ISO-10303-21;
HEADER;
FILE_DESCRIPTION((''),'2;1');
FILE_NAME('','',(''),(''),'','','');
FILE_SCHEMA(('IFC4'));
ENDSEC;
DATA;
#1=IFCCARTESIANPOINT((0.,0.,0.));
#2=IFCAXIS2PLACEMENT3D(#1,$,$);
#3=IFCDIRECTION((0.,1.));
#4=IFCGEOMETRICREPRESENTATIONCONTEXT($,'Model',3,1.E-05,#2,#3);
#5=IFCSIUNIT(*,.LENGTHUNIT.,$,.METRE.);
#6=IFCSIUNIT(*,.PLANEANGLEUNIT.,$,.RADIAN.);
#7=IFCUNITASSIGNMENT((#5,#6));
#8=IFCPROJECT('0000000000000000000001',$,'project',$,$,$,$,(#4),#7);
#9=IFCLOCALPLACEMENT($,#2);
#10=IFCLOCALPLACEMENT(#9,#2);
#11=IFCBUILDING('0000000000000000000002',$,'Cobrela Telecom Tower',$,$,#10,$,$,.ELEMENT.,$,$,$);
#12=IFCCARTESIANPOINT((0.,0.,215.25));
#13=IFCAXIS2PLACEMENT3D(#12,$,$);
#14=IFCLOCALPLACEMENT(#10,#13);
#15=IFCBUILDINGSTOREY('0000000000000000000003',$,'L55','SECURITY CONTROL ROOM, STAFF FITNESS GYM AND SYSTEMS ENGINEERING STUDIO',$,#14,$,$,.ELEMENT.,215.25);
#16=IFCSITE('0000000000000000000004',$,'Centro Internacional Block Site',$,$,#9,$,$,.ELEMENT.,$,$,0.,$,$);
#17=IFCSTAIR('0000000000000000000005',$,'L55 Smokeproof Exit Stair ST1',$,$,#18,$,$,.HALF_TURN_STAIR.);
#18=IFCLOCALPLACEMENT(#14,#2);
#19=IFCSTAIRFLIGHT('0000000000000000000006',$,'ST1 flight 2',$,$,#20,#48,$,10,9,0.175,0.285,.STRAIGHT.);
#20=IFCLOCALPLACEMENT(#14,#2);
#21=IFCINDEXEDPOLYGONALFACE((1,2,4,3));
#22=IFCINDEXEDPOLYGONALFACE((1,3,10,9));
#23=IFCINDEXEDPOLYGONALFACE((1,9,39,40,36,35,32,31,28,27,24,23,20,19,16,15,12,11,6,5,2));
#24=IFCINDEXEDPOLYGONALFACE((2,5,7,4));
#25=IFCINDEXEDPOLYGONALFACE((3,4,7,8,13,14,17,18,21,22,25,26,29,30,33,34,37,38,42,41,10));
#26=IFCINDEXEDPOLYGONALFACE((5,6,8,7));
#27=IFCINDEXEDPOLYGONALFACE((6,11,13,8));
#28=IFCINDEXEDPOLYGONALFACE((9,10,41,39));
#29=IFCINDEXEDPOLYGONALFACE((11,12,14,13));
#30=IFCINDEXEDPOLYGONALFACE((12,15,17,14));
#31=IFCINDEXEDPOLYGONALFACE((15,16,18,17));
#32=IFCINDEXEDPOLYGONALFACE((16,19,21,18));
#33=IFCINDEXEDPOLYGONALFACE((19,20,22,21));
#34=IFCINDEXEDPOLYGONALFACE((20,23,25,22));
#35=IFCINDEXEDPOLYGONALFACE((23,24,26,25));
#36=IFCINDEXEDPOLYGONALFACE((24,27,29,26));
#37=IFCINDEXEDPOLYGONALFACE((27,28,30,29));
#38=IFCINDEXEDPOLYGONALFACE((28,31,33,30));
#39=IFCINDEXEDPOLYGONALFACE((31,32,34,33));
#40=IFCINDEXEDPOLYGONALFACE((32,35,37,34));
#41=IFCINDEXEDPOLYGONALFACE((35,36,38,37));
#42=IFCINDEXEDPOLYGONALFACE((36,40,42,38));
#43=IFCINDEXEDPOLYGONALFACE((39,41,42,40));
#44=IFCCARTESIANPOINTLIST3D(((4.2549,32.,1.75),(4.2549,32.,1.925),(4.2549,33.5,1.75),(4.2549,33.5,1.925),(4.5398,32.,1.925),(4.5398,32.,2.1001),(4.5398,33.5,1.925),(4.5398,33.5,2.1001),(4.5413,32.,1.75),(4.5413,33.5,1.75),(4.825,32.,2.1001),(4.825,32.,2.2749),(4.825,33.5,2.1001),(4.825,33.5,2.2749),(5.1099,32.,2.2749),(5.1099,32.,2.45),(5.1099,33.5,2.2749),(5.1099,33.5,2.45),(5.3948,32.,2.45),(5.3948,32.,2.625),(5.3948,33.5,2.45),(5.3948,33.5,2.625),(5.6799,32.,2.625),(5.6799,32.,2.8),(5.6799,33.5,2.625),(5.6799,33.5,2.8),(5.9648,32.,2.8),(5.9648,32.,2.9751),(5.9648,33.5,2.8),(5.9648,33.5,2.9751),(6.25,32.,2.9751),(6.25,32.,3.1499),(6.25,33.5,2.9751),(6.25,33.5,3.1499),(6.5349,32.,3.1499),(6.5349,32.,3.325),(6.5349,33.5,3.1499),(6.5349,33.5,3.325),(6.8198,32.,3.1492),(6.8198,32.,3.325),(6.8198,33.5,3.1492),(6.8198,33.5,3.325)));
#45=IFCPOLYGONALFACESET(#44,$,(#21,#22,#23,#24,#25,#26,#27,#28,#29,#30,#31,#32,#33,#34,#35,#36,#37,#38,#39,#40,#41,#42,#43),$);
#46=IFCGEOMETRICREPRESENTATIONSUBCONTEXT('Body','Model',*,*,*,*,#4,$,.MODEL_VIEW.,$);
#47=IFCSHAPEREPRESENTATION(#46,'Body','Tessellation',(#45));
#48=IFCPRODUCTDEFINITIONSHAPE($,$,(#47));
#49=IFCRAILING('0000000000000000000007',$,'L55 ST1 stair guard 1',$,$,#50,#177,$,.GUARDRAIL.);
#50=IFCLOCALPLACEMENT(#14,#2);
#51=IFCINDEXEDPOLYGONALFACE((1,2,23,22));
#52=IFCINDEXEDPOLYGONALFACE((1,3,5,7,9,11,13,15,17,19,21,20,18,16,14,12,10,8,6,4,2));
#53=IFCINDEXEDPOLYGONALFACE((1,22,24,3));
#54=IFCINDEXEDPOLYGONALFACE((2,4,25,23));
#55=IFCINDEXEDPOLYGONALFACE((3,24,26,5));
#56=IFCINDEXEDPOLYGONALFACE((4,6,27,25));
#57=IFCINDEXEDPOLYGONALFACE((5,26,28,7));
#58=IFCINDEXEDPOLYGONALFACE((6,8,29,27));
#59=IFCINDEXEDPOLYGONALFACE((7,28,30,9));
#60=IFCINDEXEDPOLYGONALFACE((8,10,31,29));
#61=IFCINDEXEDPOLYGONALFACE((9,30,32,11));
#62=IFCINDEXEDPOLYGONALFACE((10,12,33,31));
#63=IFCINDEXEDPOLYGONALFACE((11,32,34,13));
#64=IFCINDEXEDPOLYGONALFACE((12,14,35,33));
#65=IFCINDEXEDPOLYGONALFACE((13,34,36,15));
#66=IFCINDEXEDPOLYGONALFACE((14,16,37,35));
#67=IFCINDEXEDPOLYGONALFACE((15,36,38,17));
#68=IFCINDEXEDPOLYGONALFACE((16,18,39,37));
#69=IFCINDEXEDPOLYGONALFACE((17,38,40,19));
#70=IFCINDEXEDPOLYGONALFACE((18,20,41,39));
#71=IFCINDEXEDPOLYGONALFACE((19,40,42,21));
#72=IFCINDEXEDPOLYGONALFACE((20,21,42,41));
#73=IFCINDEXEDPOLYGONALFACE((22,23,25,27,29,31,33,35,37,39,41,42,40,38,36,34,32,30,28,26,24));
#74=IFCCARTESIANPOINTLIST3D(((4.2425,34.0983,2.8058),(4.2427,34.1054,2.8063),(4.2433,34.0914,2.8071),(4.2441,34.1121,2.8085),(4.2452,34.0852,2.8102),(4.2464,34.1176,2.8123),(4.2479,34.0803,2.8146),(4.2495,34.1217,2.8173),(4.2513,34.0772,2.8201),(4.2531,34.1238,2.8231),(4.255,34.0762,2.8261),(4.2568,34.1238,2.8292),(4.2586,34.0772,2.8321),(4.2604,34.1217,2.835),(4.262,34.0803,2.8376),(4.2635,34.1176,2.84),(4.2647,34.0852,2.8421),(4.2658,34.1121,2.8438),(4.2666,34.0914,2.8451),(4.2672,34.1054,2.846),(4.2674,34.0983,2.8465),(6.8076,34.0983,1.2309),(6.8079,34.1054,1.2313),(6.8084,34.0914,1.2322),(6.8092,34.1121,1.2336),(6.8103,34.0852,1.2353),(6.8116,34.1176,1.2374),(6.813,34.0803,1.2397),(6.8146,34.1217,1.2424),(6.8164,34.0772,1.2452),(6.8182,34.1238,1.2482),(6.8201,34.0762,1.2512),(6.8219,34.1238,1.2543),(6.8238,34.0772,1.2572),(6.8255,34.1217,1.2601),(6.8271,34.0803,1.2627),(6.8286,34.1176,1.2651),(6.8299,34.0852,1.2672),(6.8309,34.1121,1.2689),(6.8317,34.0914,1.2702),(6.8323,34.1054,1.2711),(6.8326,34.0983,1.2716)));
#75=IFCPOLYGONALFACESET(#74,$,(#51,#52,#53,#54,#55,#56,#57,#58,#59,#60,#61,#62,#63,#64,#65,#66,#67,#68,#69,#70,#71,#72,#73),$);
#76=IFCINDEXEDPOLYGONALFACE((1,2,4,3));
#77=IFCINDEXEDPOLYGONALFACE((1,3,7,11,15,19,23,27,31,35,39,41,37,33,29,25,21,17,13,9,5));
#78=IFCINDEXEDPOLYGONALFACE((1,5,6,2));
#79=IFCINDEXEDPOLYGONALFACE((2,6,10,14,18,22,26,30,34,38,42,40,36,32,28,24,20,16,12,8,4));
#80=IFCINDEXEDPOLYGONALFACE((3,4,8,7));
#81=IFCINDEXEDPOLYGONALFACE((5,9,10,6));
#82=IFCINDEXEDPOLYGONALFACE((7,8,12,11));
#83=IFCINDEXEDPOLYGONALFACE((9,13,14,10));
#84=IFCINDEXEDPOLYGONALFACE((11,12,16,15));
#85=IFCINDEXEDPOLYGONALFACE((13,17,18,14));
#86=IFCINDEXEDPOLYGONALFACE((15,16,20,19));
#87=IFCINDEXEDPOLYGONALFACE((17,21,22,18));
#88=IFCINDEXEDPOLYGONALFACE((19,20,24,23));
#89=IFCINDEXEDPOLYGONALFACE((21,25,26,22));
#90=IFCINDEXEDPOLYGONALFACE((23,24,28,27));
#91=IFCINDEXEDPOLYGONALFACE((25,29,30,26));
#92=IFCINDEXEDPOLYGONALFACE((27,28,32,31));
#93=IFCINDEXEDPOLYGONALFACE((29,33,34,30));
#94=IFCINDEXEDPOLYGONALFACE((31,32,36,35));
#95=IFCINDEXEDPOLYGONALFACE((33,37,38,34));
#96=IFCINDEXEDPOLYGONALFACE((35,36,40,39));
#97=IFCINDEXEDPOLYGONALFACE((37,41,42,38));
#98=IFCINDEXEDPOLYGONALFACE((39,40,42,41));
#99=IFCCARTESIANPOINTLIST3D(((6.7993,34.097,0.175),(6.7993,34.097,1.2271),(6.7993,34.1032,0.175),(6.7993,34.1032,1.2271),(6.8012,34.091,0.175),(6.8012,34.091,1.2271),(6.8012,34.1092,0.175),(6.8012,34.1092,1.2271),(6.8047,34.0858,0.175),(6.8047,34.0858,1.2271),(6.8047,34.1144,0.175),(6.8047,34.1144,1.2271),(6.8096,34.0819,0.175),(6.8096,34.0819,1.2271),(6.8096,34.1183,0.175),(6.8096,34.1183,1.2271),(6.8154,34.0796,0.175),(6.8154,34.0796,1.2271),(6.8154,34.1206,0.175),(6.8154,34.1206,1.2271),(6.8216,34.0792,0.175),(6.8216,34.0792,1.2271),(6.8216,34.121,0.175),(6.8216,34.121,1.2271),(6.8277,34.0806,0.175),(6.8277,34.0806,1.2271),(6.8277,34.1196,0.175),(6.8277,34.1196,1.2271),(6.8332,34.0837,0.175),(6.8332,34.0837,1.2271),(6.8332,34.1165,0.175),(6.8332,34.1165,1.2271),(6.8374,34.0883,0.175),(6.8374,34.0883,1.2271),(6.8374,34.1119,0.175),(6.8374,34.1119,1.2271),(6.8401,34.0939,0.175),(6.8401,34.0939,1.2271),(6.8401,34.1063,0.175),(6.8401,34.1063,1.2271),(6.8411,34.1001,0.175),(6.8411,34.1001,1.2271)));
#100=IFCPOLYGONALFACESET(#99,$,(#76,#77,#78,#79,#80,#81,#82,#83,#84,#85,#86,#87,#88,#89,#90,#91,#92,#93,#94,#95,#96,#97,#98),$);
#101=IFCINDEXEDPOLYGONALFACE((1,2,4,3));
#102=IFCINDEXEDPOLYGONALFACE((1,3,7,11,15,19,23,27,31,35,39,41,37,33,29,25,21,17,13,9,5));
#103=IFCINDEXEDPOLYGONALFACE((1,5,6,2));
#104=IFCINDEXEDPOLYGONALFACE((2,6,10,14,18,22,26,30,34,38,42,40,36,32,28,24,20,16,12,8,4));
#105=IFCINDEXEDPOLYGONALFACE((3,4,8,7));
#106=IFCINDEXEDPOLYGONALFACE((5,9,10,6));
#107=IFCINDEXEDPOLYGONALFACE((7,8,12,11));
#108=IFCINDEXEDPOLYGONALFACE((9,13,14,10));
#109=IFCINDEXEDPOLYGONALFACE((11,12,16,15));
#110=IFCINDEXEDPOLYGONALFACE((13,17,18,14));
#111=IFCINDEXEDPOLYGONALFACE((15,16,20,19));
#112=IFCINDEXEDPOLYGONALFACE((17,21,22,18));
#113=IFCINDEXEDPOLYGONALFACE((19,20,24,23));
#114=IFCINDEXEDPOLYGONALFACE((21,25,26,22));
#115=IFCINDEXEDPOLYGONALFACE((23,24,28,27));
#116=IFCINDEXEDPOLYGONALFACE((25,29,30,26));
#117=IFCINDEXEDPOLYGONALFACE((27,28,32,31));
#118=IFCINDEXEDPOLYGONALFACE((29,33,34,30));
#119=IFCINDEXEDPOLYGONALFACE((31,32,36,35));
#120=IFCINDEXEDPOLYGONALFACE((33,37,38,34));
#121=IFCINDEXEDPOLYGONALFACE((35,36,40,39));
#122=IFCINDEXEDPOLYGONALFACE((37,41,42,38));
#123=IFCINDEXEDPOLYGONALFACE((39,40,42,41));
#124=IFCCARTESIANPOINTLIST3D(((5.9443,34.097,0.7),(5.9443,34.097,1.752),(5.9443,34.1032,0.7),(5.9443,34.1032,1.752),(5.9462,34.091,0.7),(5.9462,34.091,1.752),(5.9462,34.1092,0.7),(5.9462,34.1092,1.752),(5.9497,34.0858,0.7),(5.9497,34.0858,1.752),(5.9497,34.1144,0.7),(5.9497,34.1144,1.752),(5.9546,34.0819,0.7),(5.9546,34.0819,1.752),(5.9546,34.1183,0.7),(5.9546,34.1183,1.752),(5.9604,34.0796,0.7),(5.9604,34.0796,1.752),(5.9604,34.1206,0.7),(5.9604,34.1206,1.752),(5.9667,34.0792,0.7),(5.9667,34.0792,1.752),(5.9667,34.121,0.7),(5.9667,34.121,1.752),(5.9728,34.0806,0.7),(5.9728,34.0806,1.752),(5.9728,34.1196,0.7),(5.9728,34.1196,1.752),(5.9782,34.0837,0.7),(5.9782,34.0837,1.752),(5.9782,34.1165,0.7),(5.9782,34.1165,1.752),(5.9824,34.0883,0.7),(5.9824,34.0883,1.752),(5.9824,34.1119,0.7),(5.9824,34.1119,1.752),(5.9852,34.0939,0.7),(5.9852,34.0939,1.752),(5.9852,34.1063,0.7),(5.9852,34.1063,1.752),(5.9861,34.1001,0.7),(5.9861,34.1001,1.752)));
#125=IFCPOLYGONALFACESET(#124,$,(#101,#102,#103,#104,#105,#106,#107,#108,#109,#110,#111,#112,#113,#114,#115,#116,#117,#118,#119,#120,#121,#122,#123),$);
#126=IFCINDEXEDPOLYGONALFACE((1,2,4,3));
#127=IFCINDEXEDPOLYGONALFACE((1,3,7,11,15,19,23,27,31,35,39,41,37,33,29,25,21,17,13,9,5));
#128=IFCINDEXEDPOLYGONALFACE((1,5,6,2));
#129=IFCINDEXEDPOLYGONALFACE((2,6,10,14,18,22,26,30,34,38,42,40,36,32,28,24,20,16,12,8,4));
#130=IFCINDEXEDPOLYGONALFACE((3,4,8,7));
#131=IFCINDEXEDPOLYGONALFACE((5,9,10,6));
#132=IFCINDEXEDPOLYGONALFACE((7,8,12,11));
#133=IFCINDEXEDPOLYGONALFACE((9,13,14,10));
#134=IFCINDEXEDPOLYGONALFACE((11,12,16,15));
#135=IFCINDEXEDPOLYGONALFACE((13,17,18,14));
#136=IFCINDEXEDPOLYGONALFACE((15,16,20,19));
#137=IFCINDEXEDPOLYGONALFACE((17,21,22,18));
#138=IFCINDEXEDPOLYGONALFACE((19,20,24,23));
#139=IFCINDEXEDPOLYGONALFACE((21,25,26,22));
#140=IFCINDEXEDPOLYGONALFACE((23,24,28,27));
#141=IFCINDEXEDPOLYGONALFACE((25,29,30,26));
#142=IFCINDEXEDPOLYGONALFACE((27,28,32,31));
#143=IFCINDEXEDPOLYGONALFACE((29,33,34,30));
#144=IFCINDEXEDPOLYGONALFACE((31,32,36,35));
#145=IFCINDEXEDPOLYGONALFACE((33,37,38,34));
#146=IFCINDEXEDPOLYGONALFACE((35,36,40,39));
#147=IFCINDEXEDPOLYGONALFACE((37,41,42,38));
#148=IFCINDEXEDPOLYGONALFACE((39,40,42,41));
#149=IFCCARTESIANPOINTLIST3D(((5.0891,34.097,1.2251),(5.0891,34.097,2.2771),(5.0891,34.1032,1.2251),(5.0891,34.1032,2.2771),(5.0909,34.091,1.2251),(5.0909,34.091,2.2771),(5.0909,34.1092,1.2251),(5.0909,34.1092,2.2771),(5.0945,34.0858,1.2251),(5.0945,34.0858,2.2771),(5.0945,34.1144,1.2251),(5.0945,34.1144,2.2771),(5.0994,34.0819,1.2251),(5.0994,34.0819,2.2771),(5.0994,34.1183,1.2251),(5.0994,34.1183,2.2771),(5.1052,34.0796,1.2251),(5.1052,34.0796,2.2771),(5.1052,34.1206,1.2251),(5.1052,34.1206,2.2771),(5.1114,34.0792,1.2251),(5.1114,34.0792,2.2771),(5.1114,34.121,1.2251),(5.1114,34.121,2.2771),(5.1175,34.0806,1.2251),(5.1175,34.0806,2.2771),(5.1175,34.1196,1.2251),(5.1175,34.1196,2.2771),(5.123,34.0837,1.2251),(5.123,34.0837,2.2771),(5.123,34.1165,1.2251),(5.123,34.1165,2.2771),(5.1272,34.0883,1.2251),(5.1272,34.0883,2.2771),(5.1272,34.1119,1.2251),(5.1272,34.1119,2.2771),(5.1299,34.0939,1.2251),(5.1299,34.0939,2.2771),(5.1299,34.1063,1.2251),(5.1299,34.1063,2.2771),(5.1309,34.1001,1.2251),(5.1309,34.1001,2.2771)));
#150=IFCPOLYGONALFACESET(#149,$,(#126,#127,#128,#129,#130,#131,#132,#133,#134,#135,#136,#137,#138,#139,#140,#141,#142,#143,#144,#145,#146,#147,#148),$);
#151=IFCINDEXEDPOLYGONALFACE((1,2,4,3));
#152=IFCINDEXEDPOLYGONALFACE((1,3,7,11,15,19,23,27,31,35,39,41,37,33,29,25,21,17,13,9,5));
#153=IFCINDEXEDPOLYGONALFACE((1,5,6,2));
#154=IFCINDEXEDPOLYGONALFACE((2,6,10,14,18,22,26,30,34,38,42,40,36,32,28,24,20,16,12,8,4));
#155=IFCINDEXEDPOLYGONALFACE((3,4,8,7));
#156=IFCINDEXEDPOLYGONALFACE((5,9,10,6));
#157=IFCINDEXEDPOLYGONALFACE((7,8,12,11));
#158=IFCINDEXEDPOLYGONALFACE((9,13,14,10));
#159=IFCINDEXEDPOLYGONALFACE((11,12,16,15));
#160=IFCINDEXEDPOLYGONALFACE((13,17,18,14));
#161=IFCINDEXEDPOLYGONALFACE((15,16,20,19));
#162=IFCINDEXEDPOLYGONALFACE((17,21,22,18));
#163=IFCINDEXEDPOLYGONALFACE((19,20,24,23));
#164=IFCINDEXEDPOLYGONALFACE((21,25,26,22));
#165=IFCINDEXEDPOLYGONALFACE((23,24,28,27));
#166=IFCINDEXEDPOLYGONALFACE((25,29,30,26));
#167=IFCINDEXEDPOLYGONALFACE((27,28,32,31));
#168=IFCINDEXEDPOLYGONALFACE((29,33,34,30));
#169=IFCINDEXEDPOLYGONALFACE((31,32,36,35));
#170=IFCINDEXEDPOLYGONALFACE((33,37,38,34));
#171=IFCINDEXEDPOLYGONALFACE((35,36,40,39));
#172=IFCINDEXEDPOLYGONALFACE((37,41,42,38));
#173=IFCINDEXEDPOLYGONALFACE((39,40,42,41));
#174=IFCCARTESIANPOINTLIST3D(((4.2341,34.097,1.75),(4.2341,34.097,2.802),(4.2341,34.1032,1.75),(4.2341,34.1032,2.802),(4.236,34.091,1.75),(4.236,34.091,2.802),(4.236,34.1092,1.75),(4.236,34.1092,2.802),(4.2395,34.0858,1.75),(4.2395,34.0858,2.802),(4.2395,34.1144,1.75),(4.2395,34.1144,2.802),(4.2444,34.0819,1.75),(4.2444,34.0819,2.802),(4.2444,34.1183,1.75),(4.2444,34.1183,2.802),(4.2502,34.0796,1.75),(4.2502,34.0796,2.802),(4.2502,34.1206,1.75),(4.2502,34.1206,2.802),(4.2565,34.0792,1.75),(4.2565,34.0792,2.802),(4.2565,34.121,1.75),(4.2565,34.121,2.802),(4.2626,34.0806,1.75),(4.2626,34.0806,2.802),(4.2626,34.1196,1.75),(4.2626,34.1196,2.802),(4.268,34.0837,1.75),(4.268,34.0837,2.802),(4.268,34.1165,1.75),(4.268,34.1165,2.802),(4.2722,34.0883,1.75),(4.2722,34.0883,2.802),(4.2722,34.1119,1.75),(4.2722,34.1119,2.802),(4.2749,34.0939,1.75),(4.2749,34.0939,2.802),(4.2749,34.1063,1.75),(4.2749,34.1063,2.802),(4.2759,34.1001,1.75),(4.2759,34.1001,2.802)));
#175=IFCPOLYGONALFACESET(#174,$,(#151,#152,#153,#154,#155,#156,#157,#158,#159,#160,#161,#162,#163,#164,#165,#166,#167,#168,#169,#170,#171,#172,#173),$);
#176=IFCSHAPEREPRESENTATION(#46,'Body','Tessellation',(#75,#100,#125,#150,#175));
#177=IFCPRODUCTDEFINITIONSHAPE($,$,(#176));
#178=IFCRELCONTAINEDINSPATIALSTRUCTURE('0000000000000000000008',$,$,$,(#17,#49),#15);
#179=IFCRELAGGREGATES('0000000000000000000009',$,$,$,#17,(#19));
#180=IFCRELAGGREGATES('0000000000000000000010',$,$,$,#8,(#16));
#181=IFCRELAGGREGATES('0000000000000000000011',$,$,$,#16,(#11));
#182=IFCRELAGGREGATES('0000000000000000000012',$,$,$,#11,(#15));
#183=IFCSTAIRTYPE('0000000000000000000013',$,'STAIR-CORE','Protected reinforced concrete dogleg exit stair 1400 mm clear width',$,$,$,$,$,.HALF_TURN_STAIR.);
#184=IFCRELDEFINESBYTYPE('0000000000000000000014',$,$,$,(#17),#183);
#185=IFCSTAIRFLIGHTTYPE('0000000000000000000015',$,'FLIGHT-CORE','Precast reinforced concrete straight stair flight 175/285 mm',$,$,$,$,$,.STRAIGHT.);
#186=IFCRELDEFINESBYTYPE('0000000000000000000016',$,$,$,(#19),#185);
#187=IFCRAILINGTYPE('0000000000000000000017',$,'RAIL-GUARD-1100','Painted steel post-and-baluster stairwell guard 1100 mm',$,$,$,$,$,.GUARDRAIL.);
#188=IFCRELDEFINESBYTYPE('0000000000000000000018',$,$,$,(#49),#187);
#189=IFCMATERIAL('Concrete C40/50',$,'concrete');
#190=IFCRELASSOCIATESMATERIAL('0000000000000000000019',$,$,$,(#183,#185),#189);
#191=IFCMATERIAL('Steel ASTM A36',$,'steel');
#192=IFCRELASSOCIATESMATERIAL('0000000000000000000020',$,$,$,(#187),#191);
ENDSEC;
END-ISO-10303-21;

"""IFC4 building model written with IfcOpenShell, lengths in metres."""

from ifc_helpers import new_model, si_unit, direction, frame, origin, origin_2d, place, context, subcontext, project, spatial, polyline, circle, outline, extrude, material, type_object, element, aggregate, save


model = new_model("IFC4")

# Units and contexts
model_context = context("Model", 3, precision=1e-05, world=origin(), true_north=direction((0.0, 1.0)))
body_context = subcontext(model_context, "Body", "Model", "MODEL_VIEW")
ifc_project = project(units=[si_unit("LENGTHUNIT", "METRE"), si_unit("PLANEANGLEUNIT", "RADIAN")], contexts=[model_context])

# Site, building, storey
site_placement = place(None, origin())
site = spatial("IfcSite", under=ifc_project, at=site_placement, Name="Centro Internacional Block Site", CompositionType="ELEMENT", RefElevation=0.0)
building_placement = place(site_placement, origin())
building = spatial("IfcBuilding", under=site, at=building_placement, Name="Cobrela Telecom Tower", CompositionType="ELEMENT")
storey_placement = place(building_placement, frame((0.0, 0.0, 215.25)))
storey = spatial("IfcBuildingStorey", under=building, at=storey_placement, Name="L55", Description="SECURITY CONTROL ROOM, STAFF FITNESS GYM AND SYSTEMS ENGINEERING STUDIO", CompositionType="ELEMENT", Elevation=215.25)

# Shared definitions
ifc_material_1 = material(Name="Concrete C40/50", Category="concrete")

# Shared definitions
ifc_material_2 = material(Name="Steel ASTM A36", Category="steel")

# Stair, stair flight
stair_type = type_object("IfcStairType", Name="STAIR-CORE", Description="Protected reinforced concrete dogleg exit stair 1400 mm clear width", PredefinedType="HALF_TURN_STAIR", material=ifc_material_1)
stair_placement = place(storey_placement, origin())
stair = element("IfcStair", 1, at=stair_placement, inside=storey, type_object=stair_type, Name="L55 Smokeproof Exit Stair ST1", PredefinedType="HALF_TURN_STAIR")
stair_flight_type = type_object("IfcStairFlightType", Name="FLIGHT-CORE", Description="Precast reinforced concrete straight stair flight 175/285 mm", PredefinedType="STRAIGHT", material=ifc_material_1)
stair_flight_1_placement = place(storey_placement, frame((4.2549, 32.75, 1.75), z_axis=(0.0, 0.0, 1.0), x_axis=(1.0, 0.0, 0.0)))
stair_flight_1 = element("IfcStairFlight", 2, at=stair_flight_1_placement, type_object=stair_flight_type, Name="ST1 flight 2", NumberOfRisers=10, NumberOfTreads=9, PredefinedType="STRAIGHT", RiserHeight=0.175, TreadLength=0.285, context=body_context, shape_type="SweptSolid", body=[
    extrude(outline(polyline([(0.0, 0.0), (0.0, 0.175), (0.2849, 0.175), (0.2849, 0.3501), (0.5701, 0.3501), (0.5701, 0.5249), (0.855, 0.5249), (0.855, 0.7), (1.1399, 0.7), (1.1399, 0.875), (1.425, 0.875), (1.425, 1.05), (1.71, 1.05), (1.71, 1.2251), (1.9951, 1.2251), (1.9951, 1.3999), (2.28, 1.3999), (2.28, 1.575), (2.5649, 1.575), (2.5649, 1.75), (2.5649, 1.3992), (0.2864, 0.0), (0.0, 0.0)])), frame((0.0, 0.75, 0.0), z_axis=(0.0, -1.0, 0.0), x_axis=(1.0, 0.0, 0.0)), (0.0, 0.0, 1.0), 1.5),
])
aggregate(stair, [stair_flight_1])

# Railing
railing_type_1 = type_object("IfcRailingType", Name="RAIL-GUARD-1100", Description="Painted steel post-and-baluster stairwell guard 1100 mm", PredefinedType="GUARDRAIL", material=ifc_material_2)
railing_1_placement = place(storey_placement, frame((6.8201, 34.1001, 0.175)))
element("IfcRailing", 3, at=railing_1_placement, inside=storey, type_object=railing_type_1, Name="L55 ST1 stair guard 1", PredefinedType="GUARDRAIL", context=body_context, shape_type="SweptSolid", body=[
    extrude(circle(Radius=0.0239, at=origin_2d()), frame((0.0, 0.0, 1.0762), z_axis=(-0.852195, 0.0, 0.523224), x_axis=(0.0, -1.0, 0.0)), (0.0, 0.0, 1.0), 3.01),
    extrude(circle(Radius=0.021, at=origin_2d()), origin(), (0.0, 0.0, 1.0), 1.052),
    extrude(circle(Radius=0.021, at=origin_2d()), frame((-0.855, 0.0, 0.5249)), (0.0, 0.0, 1.0), 1.052),
    extrude(circle(Radius=0.021, at=origin_2d()), frame((-1.7102, 0.0, 1.05)), (0.0, 0.0, 1.0), 1.052),
    extrude(circle(Radius=0.021, at=origin_2d()), frame((-2.5652, 0.0, 1.575)), (0.0, 0.0, 1.0), 1.052),
])

save(model, "model.ifc")
